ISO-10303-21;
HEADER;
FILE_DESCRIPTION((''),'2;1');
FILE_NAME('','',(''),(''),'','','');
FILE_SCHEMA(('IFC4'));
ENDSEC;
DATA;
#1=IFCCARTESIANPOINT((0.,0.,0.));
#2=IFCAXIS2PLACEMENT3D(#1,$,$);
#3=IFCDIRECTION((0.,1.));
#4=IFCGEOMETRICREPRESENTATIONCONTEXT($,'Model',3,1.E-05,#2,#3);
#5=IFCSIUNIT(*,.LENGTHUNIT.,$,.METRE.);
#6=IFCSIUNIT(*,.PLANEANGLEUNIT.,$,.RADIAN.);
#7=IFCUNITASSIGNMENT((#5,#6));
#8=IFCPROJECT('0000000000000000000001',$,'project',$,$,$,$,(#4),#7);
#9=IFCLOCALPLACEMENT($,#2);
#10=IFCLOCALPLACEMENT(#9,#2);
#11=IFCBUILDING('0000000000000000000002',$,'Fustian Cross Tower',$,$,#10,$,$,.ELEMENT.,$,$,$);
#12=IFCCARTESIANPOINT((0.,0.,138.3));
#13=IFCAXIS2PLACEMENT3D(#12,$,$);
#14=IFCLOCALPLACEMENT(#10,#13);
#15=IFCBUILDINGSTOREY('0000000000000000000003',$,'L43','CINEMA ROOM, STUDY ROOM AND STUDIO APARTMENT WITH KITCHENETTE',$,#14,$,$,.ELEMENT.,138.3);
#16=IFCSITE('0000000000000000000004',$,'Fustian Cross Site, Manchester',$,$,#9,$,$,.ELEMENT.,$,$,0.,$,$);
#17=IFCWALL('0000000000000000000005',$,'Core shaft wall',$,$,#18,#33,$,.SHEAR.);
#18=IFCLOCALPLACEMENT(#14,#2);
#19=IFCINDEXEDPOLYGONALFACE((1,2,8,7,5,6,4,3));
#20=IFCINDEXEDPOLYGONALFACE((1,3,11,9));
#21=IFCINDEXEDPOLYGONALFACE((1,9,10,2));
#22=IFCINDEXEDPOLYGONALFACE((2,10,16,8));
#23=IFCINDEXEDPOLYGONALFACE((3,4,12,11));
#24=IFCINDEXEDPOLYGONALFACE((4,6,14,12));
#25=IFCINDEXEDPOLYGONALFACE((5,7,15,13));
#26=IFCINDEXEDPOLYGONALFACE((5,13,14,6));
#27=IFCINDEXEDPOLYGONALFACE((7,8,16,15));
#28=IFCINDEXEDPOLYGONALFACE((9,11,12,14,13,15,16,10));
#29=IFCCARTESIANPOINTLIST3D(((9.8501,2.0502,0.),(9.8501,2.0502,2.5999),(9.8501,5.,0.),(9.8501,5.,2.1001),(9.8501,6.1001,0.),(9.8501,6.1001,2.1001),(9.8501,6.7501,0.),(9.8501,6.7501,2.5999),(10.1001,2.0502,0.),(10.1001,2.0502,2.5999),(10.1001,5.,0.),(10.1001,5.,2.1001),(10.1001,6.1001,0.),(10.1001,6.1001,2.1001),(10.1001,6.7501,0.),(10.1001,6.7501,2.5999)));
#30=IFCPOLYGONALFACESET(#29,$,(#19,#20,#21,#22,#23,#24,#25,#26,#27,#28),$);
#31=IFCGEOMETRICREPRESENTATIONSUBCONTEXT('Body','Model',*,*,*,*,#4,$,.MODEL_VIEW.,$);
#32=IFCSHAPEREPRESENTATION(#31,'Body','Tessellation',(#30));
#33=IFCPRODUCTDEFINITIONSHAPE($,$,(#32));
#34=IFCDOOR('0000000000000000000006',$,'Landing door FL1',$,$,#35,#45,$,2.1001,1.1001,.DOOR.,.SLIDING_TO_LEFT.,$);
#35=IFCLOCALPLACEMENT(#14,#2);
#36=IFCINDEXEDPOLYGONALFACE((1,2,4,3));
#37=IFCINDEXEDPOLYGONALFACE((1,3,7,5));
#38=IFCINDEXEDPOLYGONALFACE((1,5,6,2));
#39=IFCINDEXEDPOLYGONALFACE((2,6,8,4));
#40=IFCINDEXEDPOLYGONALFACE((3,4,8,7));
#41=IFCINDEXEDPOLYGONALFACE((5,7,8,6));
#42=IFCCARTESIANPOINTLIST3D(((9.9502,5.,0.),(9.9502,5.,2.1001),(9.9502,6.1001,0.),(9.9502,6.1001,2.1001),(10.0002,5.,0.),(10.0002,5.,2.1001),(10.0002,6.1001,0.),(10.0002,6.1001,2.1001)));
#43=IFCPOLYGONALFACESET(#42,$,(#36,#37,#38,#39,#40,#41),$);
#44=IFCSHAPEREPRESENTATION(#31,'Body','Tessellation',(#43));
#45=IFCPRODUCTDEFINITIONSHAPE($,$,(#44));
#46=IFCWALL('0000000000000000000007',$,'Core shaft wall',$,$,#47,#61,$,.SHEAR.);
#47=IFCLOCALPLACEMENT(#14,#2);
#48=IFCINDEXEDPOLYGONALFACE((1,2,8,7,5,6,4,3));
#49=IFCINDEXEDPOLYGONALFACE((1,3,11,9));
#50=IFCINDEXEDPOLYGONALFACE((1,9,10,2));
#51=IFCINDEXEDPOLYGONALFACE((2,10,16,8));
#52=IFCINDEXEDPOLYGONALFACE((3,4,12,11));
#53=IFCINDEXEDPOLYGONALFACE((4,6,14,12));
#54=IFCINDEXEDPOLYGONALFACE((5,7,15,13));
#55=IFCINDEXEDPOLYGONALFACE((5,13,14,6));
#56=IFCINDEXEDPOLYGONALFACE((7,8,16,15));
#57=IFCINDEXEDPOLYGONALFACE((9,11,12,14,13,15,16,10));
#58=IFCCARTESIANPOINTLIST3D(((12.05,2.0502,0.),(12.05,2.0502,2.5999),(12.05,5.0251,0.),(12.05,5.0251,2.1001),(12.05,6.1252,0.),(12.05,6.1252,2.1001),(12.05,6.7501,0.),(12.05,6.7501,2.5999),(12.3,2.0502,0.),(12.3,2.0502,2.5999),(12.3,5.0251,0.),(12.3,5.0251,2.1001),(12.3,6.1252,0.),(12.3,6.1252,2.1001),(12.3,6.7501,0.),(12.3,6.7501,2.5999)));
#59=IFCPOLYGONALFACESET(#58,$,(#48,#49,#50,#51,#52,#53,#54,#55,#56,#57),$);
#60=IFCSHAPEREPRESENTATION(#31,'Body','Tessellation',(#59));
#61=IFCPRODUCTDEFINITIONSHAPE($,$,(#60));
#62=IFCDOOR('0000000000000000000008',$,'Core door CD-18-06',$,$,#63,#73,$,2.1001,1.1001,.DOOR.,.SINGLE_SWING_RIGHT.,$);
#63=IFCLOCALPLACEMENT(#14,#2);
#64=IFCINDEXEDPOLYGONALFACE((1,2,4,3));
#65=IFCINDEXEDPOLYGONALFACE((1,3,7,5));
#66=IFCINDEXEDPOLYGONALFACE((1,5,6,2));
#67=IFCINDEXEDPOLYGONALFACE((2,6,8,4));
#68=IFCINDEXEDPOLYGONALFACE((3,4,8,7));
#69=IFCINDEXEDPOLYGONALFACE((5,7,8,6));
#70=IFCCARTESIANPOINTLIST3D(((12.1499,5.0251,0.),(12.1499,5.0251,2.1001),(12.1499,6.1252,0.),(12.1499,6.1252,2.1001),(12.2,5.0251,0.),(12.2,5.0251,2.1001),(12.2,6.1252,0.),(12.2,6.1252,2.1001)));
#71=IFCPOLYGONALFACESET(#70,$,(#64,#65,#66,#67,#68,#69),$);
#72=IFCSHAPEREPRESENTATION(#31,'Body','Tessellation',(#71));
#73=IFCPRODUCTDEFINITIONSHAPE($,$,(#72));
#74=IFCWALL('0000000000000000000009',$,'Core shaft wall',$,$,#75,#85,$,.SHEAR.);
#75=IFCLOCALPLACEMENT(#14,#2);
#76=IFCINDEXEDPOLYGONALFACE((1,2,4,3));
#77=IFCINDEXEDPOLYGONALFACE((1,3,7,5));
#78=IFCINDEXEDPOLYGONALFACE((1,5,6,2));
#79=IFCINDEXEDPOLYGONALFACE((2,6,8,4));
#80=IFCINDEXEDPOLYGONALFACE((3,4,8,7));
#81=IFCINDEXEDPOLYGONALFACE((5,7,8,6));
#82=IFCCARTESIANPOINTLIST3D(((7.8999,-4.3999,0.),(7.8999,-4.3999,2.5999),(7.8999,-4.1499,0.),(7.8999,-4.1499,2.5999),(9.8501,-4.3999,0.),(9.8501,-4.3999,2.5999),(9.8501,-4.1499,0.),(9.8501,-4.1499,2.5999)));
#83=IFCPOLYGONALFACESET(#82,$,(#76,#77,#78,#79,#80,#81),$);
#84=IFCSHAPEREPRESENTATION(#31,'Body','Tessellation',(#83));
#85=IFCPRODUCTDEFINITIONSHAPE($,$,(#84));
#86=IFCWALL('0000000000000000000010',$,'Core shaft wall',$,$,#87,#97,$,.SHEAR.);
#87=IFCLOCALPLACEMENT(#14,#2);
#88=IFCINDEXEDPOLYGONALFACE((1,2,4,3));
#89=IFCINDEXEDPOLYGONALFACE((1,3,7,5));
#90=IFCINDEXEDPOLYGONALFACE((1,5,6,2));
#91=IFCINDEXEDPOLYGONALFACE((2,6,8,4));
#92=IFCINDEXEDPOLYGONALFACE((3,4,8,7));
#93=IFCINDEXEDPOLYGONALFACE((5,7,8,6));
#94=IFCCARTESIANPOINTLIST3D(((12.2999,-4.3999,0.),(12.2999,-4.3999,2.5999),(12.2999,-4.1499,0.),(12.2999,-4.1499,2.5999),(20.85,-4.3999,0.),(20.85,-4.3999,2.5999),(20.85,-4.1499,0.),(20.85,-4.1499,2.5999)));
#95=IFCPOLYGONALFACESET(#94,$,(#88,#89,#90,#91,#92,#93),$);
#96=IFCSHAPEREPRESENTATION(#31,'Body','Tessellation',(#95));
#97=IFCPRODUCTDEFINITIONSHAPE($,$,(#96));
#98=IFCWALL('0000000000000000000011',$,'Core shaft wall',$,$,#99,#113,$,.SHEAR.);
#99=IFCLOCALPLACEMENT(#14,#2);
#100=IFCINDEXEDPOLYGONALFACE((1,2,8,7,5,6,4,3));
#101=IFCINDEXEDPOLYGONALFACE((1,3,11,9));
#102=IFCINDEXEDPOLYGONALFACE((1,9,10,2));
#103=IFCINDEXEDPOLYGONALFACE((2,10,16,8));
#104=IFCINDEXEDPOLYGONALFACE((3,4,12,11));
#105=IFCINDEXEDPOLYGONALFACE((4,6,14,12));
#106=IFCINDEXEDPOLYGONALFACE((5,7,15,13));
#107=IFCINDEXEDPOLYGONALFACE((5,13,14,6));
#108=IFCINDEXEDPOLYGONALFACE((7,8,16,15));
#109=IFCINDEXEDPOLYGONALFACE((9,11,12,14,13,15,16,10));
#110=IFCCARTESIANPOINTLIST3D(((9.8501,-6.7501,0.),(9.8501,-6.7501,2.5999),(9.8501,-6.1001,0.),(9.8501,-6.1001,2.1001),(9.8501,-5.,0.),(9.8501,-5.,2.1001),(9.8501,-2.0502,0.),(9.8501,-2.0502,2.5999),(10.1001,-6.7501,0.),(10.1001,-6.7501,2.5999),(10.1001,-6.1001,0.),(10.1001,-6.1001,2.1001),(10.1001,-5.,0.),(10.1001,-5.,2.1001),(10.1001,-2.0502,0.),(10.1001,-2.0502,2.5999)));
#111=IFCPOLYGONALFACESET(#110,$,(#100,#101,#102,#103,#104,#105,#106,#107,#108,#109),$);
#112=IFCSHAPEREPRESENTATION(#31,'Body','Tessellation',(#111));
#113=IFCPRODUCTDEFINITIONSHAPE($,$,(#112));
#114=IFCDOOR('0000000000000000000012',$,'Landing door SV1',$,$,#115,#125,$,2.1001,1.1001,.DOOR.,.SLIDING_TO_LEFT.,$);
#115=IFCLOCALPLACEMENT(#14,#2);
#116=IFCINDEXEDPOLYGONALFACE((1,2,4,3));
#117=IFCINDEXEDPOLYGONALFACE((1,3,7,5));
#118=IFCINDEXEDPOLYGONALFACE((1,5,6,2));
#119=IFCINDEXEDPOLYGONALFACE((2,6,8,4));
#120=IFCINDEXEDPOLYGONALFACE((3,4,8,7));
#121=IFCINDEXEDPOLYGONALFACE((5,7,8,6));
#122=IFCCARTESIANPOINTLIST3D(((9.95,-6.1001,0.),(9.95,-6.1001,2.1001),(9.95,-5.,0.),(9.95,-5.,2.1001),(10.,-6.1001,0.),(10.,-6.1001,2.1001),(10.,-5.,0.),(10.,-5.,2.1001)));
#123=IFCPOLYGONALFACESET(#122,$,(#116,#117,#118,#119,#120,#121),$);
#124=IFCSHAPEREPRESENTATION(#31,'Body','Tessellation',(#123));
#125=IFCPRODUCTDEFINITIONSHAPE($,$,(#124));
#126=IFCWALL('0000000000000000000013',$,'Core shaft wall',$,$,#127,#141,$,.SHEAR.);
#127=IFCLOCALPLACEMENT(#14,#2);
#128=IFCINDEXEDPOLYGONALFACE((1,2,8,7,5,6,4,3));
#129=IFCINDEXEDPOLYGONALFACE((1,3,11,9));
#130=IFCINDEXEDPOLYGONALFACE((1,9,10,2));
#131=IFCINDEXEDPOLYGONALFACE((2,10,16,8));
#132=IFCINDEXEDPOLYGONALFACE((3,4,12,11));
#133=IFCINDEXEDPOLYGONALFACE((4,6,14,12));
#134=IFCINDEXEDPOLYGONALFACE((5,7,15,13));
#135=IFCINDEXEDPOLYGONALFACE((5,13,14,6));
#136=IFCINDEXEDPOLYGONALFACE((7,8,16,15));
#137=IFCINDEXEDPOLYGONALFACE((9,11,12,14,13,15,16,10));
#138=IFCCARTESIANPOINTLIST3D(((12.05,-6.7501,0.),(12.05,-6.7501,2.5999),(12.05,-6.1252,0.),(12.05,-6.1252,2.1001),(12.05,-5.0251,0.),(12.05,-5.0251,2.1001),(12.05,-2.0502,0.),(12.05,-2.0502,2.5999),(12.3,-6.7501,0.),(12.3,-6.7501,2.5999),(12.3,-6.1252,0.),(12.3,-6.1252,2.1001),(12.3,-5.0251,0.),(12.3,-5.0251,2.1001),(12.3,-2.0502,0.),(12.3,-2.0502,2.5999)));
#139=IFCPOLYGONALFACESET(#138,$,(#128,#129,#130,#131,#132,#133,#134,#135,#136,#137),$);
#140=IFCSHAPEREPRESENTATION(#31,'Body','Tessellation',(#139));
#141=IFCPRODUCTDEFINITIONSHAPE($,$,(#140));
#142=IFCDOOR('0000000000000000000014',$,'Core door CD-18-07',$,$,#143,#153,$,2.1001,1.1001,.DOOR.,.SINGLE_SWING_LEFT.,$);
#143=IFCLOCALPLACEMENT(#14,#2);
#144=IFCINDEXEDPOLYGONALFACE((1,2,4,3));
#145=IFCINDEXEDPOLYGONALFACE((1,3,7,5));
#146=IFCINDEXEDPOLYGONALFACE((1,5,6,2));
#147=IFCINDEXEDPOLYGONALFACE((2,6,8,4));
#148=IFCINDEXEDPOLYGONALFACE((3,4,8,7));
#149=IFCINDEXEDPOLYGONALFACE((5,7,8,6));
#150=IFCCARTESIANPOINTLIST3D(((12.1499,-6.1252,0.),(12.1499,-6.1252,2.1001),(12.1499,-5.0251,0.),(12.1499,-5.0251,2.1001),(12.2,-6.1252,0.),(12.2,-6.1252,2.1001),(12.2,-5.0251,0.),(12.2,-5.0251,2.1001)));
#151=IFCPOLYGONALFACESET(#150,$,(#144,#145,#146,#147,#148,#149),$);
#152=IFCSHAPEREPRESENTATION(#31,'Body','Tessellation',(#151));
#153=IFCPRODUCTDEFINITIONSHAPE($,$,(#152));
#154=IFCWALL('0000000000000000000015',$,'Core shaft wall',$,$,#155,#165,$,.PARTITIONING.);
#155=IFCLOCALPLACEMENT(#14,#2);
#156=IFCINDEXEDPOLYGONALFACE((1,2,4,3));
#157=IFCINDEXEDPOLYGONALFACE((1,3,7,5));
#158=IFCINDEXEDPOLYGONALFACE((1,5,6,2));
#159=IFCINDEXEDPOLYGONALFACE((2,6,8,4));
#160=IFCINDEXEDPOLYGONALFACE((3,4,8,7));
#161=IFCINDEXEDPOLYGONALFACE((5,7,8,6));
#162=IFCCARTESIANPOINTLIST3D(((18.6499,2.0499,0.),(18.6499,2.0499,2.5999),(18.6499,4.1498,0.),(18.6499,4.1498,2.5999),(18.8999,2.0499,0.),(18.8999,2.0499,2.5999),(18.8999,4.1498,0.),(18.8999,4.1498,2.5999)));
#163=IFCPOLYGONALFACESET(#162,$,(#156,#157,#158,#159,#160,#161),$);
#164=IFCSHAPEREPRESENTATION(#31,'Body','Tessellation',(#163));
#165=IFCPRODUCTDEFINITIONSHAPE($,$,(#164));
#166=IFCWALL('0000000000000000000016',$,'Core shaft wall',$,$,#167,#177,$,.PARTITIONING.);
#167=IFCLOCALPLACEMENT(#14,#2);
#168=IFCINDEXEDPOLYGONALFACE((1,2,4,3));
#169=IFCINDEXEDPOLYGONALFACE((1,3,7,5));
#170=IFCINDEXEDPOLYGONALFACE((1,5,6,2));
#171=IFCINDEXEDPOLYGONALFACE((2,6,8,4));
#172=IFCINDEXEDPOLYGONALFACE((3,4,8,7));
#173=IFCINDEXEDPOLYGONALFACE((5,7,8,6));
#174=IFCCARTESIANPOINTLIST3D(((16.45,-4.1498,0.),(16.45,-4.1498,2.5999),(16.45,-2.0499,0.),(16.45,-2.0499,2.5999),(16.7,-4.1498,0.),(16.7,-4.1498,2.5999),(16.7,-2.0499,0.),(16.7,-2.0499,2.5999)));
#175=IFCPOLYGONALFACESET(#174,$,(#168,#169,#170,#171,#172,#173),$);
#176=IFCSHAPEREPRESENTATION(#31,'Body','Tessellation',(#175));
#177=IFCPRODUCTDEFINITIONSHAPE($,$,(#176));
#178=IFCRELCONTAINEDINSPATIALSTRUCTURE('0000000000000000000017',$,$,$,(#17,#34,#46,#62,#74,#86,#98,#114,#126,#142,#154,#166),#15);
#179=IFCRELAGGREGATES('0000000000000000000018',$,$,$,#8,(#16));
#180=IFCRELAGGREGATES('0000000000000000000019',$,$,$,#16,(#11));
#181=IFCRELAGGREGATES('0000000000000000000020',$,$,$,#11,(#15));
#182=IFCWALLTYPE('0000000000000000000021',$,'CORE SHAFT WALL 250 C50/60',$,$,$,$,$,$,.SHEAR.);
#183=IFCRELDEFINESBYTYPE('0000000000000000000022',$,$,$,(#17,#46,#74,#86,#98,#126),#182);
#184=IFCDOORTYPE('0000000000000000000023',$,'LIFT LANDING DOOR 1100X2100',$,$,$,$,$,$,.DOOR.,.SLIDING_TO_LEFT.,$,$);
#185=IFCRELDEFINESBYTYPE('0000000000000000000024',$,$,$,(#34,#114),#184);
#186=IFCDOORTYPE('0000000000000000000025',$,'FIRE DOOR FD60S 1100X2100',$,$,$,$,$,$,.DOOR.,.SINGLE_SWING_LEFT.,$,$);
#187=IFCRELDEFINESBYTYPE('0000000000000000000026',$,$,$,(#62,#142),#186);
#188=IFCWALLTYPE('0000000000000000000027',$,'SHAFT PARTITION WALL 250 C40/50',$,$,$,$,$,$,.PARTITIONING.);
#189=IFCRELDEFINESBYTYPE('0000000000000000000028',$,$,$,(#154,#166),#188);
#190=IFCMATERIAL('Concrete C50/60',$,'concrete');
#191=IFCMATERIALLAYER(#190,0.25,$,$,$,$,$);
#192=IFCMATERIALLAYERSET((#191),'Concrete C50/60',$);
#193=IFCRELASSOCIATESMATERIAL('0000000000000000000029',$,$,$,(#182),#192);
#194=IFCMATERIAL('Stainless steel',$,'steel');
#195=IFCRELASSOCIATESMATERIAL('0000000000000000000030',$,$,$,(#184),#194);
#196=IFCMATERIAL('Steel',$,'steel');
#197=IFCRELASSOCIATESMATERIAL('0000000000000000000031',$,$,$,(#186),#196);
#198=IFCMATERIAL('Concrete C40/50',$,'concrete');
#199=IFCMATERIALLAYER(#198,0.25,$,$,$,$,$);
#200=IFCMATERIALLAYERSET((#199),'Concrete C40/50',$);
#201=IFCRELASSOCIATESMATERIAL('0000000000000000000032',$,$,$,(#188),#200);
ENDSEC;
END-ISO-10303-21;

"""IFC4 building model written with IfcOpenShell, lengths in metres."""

from ifc_helpers import new_model, si_unit, direction, frame, frame_2d, origin, place, context, subcontext, project, spatial, rectangle, extrude, material, layer, layer_set, type_object, element, fill, save


model = new_model("IFC4")

# Units and contexts
model_context = context("Model", 3, precision=1e-05, world=origin(), true_north=direction((0.0, 1.0)))
body_context = subcontext(model_context, "Body", "Model", "MODEL_VIEW")
ifc_project = project(units=[si_unit("LENGTHUNIT", "METRE"), si_unit("PLANEANGLEUNIT", "RADIAN")], contexts=[model_context])

# Site, building, storey
site_placement = place(None, origin())
site = spatial("IfcSite", under=ifc_project, at=site_placement, Name="Fustian Cross Site, Manchester", CompositionType="ELEMENT", RefElevation=0.0)
building_placement = place(site_placement, origin())
building = spatial("IfcBuilding", under=site, at=building_placement, Name="Fustian Cross Tower", CompositionType="ELEMENT")
storey_placement = place(building_placement, frame((0.0, 0.0, 138.3)))
storey = spatial("IfcBuildingStorey", under=building, at=storey_placement, Name="L43", Description="CINEMA ROOM, STUDY ROOM AND STUDIO APARTMENT WITH KITCHENETTE", CompositionType="ELEMENT", Elevation=138.3)

# Shared definitions
ifc_material_1 = material(Name="Concrete C50/60", Category="concrete")
ifc_layer_1 = layer(ifc_material_1, 0.25)
ifc_layer_set_1 = layer_set([ifc_layer_1], Name="Concrete C50/60")
wall_type_1 = type_object("IfcWallType", Name="CORE SHAFT WALL 250 C50/60", PredefinedType="SHEAR", material=ifc_layer_set_1)

# Walls, openings, doors
wall_1_placement = place(storey_placement, frame((9.9751, 2.05, 0.0), z_axis=(0.0, 0.0, 1.0), x_axis=(0.0, 1.0, 0.0)))
wall_1 = element("IfcWall", 1, at=wall_1_placement, inside=storey, type_object=wall_type_1, Name="Core shaft wall", PredefinedType="SHEAR", context=body_context, shape_type="SweptSolid", body=[
    extrude(rectangle(XDim=4.7, YDim=0.25, at=frame_2d((2.3501, 0.0))), origin(), (0.0, 0.0, 1.0), 2.5999),
])
opening_1_placement = place(wall_1_placement, frame((2.95, 0.0, 0.0)))
opening_1 = element("IfcOpeningElement", 2, at=opening_1_placement, cuts=wall_1, PredefinedType="OPENING", context=body_context, shape_type="SweptSolid", body=[
    extrude(rectangle(XDim=1.1001, YDim=2.1001, at=frame_2d((0.55, 1.05))), frame((0.0, 0.135, 0.0), z_axis=(0.0, -1.0, 0.0), x_axis=(1.0, 0.0, 0.0)), (0.0, 0.0, 1.0), 0.27),
])
ifc_material_2 = material(Name="Stainless steel", Category="steel")
door_type_1 = type_object("IfcDoorType", Name="LIFT LANDING DOOR 1100X2100", OperationType="SLIDING_TO_LEFT", PredefinedType="DOOR", material=ifc_material_2)
door_1_placement = place(opening_1_placement, origin())
door_1 = element("IfcDoor", 3, at=door_1_placement, inside=storey, type_object=door_type_1, Name="Landing door FL1", OperationType="SLIDING_TO_LEFT", OverallHeight=2.1001, OverallWidth=1.1001, PredefinedType="DOOR", context=body_context, shape_type="SweptSolid", body=[
    extrude(rectangle(XDim=1.1001, YDim=2.1001, at=frame_2d((0.55, 1.05))), frame((0.0, 0.0249, 0.0), z_axis=(0.0, -1.0, 0.0), x_axis=(1.0, 0.0, 0.0)), (0.0, 0.0, 1.0), 0.05),
])
fill(opening_1, door_1)
wall_2_placement = place(storey_placement, frame((12.175, 2.05, 0.0), z_axis=(0.0, 0.0, 1.0), x_axis=(0.0, 1.0, 0.0)))
wall_2 = element("IfcWall", 4, at=wall_2_placement, inside=storey, type_object=wall_type_1, Name="Core shaft wall", PredefinedType="SHEAR", context=body_context, shape_type="SweptSolid", body=[
    extrude(rectangle(XDim=4.7, YDim=0.25, at=frame_2d((2.3501, 0.0))), origin(), (0.0, 0.0, 1.0), 2.5999),
])
opening_2_placement = place(wall_2_placement, frame((2.9751, 0.0, 0.0)))
opening_2 = element("IfcOpeningElement", 5, at=opening_2_placement, cuts=wall_2, PredefinedType="OPENING", context=body_context, shape_type="SweptSolid", body=[
    extrude(rectangle(XDim=1.1001, YDim=2.1001, at=frame_2d((0.55, 1.05))), frame((0.0, 0.135, 0.0), z_axis=(0.0, -1.0, 0.0), x_axis=(1.0, 0.0, 0.0)), (0.0, 0.0, 1.0), 0.27),
])
ifc_material_3 = material(Name="Steel", Category="steel")
door_type_2 = type_object("IfcDoorType", Name="FIRE DOOR FD60S 1100X2100", OperationType="SINGLE_SWING_LEFT", PredefinedType="DOOR", material=ifc_material_3)
door_2_placement = place(opening_2_placement, frame((1.1001, 0.0, 0.0), z_axis=(0.0, 0.0, 1.0), x_axis=(-1.0, 0.0, 0.0)))
door_2 = element("IfcDoor", 6, at=door_2_placement, inside=storey, type_object=door_type_2, Name="Core door CD-18-06", OperationType="SINGLE_SWING_RIGHT", OverallHeight=2.1001, OverallWidth=1.1001, PredefinedType="DOOR", context=body_context, shape_type="SweptSolid", body=[
    extrude(rectangle(XDim=1.1001, YDim=2.1001, at=frame_2d((0.55, 1.05))), frame((0.0, 0.0249, 0.0), z_axis=(0.0, -1.0, 0.0), x_axis=(1.0, 0.0, 0.0)), (0.0, 0.0, 1.0), 0.05),
])
fill(opening_2, door_2)

# Walls
wall_3_placement = place(storey_placement, frame((7.8999, -4.2749, 0.0), z_axis=(0.0, 0.0, 1.0), x_axis=(1.0, 0.0, 0.0)))
element("IfcWall", 7, at=wall_3_placement, inside=storey, type_object=wall_type_1, Name="Core shaft wall", PredefinedType="SHEAR", context=body_context, shape_type="SweptSolid", body=[
    extrude(rectangle(XDim=1.9502, YDim=0.25, at=frame_2d((0.9751, 0.0))), origin(), (0.0, 0.0, 1.0), 2.5999),
])
wall_4_placement = place(storey_placement, frame((12.3, -4.2749, 0.0), z_axis=(0.0, 0.0, 1.0), x_axis=(1.0, 0.0, 0.0)))
element("IfcWall", 8, at=wall_4_placement, inside=storey, type_object=wall_type_1, Name="Core shaft wall", PredefinedType="SHEAR", context=body_context, shape_type="SweptSolid", body=[
    extrude(rectangle(XDim=8.55, YDim=0.25, at=frame_2d((4.2749, 0.0))), origin(), (0.0, 0.0, 1.0), 2.5999),
])

# Walls, openings, doors
wall_5_placement = place(storey_placement, frame((9.9751, -2.05, 0.0), z_axis=(0.0, 0.0, 1.0), x_axis=(0.0, -1.0, 0.0)))
wall_5 = element("IfcWall", 9, at=wall_5_placement, inside=storey, type_object=wall_type_1, Name="Core shaft wall", PredefinedType="SHEAR", context=body_context, shape_type="SweptSolid", body=[
    extrude(rectangle(XDim=4.7, YDim=0.25, at=frame_2d((2.3501, 0.0))), origin(), (0.0, 0.0, 1.0), 2.5999),
])
opening_3_placement = place(wall_5_placement, frame((2.95, 0.0, 0.0)))
opening_3 = element("IfcOpeningElement", 10, at=opening_3_placement, cuts=wall_5, PredefinedType="OPENING", context=body_context, shape_type="SweptSolid", body=[
    extrude(rectangle(XDim=1.1001, YDim=2.1001, at=frame_2d((0.55, 1.05))), frame((0.0, 0.135, 0.0), z_axis=(0.0, -1.0, 0.0), x_axis=(1.0, 0.0, 0.0)), (0.0, 0.0, 1.0), 0.27),
])
door_3_placement = place(opening_3_placement, origin())
door_3 = element("IfcDoor", 11, at=door_3_placement, inside=storey, type_object=door_type_1, Name="Landing door SV1", OperationType="SLIDING_TO_LEFT", OverallHeight=2.1001, OverallWidth=1.1001, PredefinedType="DOOR", context=body_context, shape_type="SweptSolid", body=[
    extrude(rectangle(XDim=1.1001, YDim=2.1001, at=frame_2d((0.55, 1.05))), frame((0.0, 0.0249, 0.0), z_axis=(0.0, -1.0, 0.0), x_axis=(1.0, 0.0, 0.0)), (0.0, 0.0, 1.0), 0.05),
])
fill(opening_3, door_3)
wall_6_placement = place(storey_placement, frame((12.175, -2.05, 0.0), z_axis=(0.0, 0.0, 1.0), x_axis=(0.0, -1.0, 0.0)))
wall_6 = element("IfcWall", 12, at=wall_6_placement, inside=storey, type_object=wall_type_1, Name="Core shaft wall", PredefinedType="SHEAR", context=body_context, shape_type="SweptSolid", body=[
    extrude(rectangle(XDim=4.7, YDim=0.25, at=frame_2d((2.3501, 0.0))), origin(), (0.0, 0.0, 1.0), 2.5999),
])
opening_4_placement = place(wall_6_placement, frame((2.9751, 0.0, 0.0)))
opening_4 = element("IfcOpeningElement", 13, at=opening_4_placement, cuts=wall_6, PredefinedType="OPENING", context=body_context, shape_type="SweptSolid", body=[
    extrude(rectangle(XDim=1.1001, YDim=2.1001, at=frame_2d((0.55, 1.05))), frame((0.0, 0.135, 0.0), z_axis=(0.0, -1.0, 0.0), x_axis=(1.0, 0.0, 0.0)), (0.0, 0.0, 1.0), 0.27),
])
door_4_placement = place(opening_4_placement, origin())
door_4 = element("IfcDoor", 14, at=door_4_placement, inside=storey, type_object=door_type_2, Name="Core door CD-18-07", OperationType="SINGLE_SWING_LEFT", OverallHeight=2.1001, OverallWidth=1.1001, PredefinedType="DOOR", context=body_context, shape_type="SweptSolid", body=[
    extrude(rectangle(XDim=1.1001, YDim=2.1001, at=frame_2d((0.55, 1.05))), frame((0.0, 0.0249, 0.0), z_axis=(0.0, -1.0, 0.0), x_axis=(1.0, 0.0, 0.0)), (0.0, 0.0, 1.0), 0.05),
])
fill(opening_4, door_4)

# Walls
ifc_material_4 = material(Name="Concrete C40/50", Category="concrete")
ifc_layer_2 = layer(ifc_material_4, 0.25)
ifc_layer_set_2 = layer_set([ifc_layer_2], Name="Concrete C40/50")
wall_type_2 = type_object("IfcWallType", Name="SHAFT PARTITION WALL 250 C40/50", PredefinedType="PARTITIONING", material=ifc_layer_set_2)
for number, where, z_axis, x_axis, name in (
    (15, (18.7749, 2.05, 0.0), (0.0, 0.0, 1.0), (0.0, 1.0, 0.0), "Core shaft wall"),
    (16, (16.575, -2.05, 0.0), (0.0, 0.0, 1.0), (0.0, -1.0, 0.0), "Core shaft wall"),
):
    element("IfcWall", number, at=place(storey_placement, frame(where, z_axis=z_axis, x_axis=x_axis)), inside=storey, type_object=wall_type_2, Name=name, PredefinedType="PARTITIONING", context=body_context, shape_type="SweptSolid", body=[
        extrude(rectangle(XDim=2.0999, YDim=0.25, at=frame_2d((1.0498, 0.0))), origin(), (0.0, 0.0, 1.0), 2.5999),
    ])

save(model, "model.ifc")
